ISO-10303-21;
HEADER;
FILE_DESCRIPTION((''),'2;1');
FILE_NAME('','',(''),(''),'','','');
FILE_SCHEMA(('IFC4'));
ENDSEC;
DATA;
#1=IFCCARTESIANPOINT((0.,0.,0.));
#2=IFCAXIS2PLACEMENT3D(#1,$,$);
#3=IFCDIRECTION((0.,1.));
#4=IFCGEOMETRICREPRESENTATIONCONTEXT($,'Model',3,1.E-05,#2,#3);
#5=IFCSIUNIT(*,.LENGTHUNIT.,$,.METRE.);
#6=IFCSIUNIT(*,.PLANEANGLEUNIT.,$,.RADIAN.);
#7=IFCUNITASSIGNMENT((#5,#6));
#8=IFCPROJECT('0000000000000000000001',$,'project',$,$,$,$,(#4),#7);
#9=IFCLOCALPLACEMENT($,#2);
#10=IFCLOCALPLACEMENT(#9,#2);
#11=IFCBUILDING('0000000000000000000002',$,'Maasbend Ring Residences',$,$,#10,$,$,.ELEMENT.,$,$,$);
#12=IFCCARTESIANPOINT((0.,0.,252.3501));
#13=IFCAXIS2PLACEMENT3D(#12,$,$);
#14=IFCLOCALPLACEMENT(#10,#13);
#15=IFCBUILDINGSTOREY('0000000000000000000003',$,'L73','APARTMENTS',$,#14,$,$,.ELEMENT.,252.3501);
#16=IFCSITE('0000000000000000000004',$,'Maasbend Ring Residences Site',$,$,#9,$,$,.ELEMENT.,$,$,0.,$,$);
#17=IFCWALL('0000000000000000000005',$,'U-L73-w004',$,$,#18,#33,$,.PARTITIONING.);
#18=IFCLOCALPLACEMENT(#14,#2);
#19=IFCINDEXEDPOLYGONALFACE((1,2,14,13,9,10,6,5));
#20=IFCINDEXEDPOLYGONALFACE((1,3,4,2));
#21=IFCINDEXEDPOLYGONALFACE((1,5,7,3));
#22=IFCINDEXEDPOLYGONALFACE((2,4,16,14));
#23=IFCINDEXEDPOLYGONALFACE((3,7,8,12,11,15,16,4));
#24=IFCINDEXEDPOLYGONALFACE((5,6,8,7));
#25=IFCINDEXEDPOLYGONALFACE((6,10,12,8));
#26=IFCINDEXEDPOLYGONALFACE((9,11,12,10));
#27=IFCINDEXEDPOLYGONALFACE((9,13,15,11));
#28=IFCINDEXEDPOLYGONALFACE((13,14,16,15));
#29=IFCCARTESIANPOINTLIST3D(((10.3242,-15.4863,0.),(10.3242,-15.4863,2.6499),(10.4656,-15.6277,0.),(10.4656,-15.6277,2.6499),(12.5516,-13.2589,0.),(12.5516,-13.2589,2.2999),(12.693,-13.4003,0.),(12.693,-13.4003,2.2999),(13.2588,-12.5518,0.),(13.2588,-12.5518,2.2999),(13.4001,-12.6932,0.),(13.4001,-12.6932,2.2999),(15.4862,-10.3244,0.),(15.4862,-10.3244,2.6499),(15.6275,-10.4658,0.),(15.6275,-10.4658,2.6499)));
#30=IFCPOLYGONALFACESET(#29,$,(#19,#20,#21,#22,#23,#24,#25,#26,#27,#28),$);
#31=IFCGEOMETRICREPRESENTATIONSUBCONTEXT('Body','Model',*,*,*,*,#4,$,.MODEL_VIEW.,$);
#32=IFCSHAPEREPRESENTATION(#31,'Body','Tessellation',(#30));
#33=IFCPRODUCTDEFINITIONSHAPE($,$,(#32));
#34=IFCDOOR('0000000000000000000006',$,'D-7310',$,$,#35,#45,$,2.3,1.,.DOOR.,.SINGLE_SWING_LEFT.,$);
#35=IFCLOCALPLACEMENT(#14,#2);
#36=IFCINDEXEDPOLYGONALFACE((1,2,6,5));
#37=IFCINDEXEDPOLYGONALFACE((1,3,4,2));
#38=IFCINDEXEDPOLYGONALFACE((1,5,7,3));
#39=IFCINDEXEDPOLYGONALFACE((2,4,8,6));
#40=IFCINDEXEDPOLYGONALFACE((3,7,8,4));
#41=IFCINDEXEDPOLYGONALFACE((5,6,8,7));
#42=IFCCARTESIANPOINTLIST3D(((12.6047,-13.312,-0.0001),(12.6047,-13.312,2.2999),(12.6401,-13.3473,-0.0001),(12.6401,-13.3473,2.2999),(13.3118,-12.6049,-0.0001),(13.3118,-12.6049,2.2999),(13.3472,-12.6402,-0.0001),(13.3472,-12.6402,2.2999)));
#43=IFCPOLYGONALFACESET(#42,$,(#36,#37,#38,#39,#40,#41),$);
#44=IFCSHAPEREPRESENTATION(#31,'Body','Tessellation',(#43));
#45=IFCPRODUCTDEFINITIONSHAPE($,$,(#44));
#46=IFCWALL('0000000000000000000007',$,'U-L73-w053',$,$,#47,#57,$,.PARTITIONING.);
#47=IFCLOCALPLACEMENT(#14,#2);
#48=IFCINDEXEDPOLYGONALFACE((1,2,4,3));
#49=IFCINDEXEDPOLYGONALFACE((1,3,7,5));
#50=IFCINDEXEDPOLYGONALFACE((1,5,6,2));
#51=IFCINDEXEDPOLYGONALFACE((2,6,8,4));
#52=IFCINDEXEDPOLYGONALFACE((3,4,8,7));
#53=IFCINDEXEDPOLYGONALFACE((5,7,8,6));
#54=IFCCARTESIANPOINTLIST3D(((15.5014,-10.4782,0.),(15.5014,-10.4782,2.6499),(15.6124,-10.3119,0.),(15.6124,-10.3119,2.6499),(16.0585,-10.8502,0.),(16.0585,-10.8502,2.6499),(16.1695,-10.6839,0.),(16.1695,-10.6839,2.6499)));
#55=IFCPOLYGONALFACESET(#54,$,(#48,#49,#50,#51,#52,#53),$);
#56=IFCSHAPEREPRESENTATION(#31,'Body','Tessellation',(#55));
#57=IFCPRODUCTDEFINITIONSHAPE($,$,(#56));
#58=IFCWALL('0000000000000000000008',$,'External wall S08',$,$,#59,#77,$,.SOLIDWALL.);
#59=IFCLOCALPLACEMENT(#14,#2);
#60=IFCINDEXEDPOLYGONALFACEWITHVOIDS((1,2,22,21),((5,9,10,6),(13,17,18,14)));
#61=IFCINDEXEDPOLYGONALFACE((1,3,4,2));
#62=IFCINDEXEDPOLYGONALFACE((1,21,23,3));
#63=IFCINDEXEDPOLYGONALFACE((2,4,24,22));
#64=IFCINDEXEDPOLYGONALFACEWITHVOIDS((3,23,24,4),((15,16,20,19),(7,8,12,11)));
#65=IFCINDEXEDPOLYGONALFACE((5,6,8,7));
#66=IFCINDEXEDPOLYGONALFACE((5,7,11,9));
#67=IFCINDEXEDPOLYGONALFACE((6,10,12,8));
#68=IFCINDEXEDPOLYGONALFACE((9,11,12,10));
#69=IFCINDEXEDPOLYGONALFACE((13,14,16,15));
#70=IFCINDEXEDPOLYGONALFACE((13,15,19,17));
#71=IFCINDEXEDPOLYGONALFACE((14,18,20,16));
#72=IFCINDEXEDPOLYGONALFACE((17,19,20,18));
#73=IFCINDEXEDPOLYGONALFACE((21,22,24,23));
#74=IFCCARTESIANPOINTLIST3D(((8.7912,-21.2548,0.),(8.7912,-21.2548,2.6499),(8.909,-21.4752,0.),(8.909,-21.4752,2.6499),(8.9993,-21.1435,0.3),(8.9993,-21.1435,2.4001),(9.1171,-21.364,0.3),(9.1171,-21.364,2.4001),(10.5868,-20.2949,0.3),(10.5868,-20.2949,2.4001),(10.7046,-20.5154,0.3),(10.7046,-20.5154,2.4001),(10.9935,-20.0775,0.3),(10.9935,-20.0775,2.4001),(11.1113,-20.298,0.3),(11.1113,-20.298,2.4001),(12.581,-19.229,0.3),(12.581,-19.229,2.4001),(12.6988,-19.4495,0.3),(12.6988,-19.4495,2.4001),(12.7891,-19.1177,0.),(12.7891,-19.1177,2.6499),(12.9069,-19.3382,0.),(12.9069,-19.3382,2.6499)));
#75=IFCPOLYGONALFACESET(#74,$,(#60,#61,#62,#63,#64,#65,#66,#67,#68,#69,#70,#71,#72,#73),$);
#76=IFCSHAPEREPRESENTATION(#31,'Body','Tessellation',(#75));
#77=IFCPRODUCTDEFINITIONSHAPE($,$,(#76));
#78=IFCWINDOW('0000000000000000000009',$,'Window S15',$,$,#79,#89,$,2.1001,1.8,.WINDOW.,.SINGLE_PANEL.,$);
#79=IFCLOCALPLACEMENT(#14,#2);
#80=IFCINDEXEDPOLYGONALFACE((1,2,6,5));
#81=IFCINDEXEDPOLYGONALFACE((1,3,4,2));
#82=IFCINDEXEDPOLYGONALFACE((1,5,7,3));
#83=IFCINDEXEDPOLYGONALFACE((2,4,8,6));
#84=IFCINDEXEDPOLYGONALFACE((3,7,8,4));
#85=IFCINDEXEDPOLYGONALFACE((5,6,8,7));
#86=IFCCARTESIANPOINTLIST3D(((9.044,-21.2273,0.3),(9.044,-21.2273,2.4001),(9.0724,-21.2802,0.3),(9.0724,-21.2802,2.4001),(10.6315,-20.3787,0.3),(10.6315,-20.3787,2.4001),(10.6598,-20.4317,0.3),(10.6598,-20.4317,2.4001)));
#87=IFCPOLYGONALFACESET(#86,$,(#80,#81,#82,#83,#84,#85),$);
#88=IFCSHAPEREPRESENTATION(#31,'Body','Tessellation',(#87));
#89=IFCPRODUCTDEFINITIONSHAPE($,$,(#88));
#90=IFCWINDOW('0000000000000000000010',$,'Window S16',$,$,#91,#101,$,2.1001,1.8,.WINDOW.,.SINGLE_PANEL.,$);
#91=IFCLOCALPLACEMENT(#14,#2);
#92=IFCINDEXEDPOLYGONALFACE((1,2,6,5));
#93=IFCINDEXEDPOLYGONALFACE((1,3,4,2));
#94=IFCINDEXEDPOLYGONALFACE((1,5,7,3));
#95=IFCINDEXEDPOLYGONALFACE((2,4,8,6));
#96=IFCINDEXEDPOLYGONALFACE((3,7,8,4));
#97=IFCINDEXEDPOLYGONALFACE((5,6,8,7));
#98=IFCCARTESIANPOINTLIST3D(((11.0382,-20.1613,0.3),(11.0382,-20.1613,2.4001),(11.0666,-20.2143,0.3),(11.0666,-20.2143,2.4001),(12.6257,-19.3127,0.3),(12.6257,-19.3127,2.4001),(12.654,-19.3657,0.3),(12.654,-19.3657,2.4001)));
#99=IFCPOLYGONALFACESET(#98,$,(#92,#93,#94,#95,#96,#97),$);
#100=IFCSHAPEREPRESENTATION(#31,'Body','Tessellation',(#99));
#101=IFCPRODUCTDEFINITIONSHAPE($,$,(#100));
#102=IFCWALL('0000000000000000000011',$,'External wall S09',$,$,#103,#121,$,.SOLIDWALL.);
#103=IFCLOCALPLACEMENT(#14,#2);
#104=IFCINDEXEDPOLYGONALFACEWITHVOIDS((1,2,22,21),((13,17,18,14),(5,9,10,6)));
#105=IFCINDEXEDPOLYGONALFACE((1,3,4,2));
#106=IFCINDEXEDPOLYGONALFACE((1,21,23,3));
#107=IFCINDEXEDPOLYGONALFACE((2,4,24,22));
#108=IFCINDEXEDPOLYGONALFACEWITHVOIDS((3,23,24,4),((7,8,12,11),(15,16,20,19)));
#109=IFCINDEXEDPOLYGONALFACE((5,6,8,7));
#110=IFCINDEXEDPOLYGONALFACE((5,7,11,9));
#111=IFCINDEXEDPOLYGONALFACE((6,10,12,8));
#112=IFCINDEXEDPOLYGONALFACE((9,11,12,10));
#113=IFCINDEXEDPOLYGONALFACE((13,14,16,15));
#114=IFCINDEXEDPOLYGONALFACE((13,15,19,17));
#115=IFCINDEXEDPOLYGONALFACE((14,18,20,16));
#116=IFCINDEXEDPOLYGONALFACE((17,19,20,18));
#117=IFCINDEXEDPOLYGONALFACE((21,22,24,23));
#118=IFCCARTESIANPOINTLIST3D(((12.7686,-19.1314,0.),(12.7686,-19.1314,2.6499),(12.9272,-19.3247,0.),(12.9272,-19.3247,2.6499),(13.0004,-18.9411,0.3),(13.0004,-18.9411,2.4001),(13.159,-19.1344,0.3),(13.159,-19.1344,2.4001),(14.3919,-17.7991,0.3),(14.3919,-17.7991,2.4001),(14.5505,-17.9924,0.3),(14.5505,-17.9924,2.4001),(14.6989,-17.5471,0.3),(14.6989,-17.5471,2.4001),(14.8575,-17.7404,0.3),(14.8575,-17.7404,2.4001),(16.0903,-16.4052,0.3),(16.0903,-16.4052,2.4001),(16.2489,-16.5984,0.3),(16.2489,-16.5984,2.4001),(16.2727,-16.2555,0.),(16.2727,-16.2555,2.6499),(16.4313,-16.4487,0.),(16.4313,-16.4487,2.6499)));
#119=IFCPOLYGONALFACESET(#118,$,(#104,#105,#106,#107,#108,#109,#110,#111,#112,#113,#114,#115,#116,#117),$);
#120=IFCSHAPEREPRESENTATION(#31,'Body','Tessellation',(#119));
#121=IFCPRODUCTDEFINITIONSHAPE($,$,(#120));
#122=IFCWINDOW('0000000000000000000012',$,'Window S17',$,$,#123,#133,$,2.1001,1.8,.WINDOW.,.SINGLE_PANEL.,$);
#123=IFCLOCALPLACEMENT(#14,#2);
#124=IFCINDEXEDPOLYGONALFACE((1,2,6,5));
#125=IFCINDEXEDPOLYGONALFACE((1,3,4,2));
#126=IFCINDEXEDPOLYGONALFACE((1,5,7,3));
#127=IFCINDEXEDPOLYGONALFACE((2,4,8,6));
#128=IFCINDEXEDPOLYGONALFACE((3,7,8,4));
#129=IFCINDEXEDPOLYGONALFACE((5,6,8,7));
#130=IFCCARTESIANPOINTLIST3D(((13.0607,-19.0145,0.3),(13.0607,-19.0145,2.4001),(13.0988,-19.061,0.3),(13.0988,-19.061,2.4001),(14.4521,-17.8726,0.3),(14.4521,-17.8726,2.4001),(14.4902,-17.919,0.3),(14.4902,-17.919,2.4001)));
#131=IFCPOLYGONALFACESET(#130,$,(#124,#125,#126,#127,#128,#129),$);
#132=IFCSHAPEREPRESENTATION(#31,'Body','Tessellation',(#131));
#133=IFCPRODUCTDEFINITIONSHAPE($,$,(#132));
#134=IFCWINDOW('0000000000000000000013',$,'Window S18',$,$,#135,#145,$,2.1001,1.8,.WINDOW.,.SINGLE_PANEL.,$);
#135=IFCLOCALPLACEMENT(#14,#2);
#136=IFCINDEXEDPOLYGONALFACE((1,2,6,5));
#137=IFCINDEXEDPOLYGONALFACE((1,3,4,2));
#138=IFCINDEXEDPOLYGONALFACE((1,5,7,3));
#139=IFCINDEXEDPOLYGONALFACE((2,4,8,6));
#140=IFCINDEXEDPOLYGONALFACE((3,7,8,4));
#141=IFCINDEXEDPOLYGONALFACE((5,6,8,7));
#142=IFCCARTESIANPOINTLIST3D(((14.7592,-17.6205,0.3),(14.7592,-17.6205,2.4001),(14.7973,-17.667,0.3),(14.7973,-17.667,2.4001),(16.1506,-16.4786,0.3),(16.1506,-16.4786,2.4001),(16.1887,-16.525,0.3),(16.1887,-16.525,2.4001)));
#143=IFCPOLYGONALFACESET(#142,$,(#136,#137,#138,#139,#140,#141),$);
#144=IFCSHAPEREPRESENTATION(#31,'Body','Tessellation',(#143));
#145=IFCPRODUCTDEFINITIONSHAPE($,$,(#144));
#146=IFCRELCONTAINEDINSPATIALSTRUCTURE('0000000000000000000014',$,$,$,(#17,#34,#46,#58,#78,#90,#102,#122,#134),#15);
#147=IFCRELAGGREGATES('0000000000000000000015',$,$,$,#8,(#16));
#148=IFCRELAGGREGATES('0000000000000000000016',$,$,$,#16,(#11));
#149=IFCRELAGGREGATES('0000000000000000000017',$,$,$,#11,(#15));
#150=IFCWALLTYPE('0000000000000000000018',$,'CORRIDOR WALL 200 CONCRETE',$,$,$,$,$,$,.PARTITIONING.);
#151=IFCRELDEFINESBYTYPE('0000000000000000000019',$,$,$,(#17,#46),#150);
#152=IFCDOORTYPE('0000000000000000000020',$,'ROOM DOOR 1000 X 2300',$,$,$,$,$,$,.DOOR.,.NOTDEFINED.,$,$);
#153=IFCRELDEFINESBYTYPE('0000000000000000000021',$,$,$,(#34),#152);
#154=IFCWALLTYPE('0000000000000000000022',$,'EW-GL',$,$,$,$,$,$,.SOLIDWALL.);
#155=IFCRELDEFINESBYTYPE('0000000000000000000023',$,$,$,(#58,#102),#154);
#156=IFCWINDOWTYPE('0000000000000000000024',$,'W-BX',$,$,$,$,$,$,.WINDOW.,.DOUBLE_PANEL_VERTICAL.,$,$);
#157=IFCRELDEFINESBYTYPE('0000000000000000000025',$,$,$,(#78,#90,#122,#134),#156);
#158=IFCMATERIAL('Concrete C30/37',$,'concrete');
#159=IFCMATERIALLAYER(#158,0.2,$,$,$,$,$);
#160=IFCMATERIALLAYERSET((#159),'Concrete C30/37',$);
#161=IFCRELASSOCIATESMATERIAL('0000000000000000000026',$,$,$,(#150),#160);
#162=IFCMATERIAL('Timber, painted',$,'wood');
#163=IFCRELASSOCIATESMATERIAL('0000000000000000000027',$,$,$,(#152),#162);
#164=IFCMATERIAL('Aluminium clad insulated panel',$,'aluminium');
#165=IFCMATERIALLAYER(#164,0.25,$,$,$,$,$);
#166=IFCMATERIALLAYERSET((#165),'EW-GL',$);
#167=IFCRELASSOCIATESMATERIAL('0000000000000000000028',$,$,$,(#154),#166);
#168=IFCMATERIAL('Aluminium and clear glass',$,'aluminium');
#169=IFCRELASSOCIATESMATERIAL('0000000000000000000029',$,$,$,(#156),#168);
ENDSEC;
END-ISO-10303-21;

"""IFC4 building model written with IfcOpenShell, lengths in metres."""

from ifc_helpers import new_model, si_unit, direction, frame, frame_2d, origin, place, context, subcontext, project, spatial, rectangle, extrude, material, layer, layer_set, type_object, element, fill, save


model = new_model("IFC4")

# Units and contexts
model_context = context("Model", 3, precision=1e-05, world=origin(), true_north=direction((0.0, 1.0)))
body_context = subcontext(model_context, "Body", "Model", "MODEL_VIEW")
ifc_project = project(units=[si_unit("LENGTHUNIT", "METRE"), si_unit("PLANEANGLEUNIT", "RADIAN")], contexts=[model_context])

# Site, building, storey
site_placement = place(None, origin())
site = spatial("IfcSite", under=ifc_project, at=site_placement, Name="Maasbend Ring Residences Site", CompositionType="ELEMENT", RefElevation=0.0)
building_placement = place(site_placement, origin())
building = spatial("IfcBuilding", under=site, at=building_placement, Name="Maasbend Ring Residences", CompositionType="ELEMENT")
storey_placement = place(building_placement, frame((0.0, 0.0, 252.3501)))
storey = spatial("IfcBuildingStorey", under=building, at=storey_placement, Name="L73", Description="APARTMENTS", CompositionType="ELEMENT", Elevation=252.3501)

# Wall, opening, door
ifc_material_1 = material(Name="Concrete C30/37", Category="concrete")
ifc_layer_1 = layer(ifc_material_1, 0.2)
ifc_layer_set_1 = layer_set([ifc_layer_1], Name="Concrete C30/37")
wall_type_1 = type_object("IfcWallType", Name="CORRIDOR WALL 200 CONCRETE", PredefinedType="PARTITIONING", material=ifc_layer_set_1)
wall_1_placement = place(storey_placement, frame((10.395, -15.5569, 0.0), z_axis=(0.0, 0.0, 1.0), x_axis=(0.707107, 0.707107, 0.0)))
wall_1 = element("IfcWall", 1, at=wall_1_placement, inside=storey, type_object=wall_type_1, Name="U-L73-w004", PredefinedType="PARTITIONING", context=body_context, shape_type="SweptSolid", body=[
    extrude(rectangle(XDim=7.3, YDim=0.2, at=frame_2d((3.6499, 0.0))), origin(), (0.0, 0.0, 1.0), 2.6499),
])
opening_1_placement = place(wall_1_placement, frame((3.1499, 0.0, 0.0)))
opening_1 = element("IfcOpeningElement", 2, at=opening_1_placement, cuts=wall_1, PredefinedType="OPENING", context=body_context, shape_type="SweptSolid", body=[
    extrude(rectangle(XDim=1.0, YDim=2.3, at=frame_2d((0.5, 1.1499))), frame((0.0, 0.1099, 0.0), z_axis=(0.0, -1.0, 0.0), x_axis=(1.0, 0.0, 0.0)), (0.0, 0.0, 1.0), 0.22),
])
ifc_material_2 = material(Name="Timber, painted", Category="wood")
door_type_1 = type_object("IfcDoorType", Name="ROOM DOOR 1000 X 2300", OperationType="NOTDEFINED", PredefinedType="DOOR", material=ifc_material_2)
door_1_placement = place(opening_1_placement, origin())
door_1 = element("IfcDoor", 3, at=door_1_placement, inside=storey, type_object=door_type_1, Name="D-7310", OperationType="SINGLE_SWING_LEFT", OverallHeight=2.3, OverallWidth=1.0, PredefinedType="DOOR", context=body_context, shape_type="SweptSolid", body=[
    extrude(rectangle(XDim=1.0, YDim=2.3, at=frame_2d((0.5, 1.1499))), frame((0.0, 0.0249, 0.0), z_axis=(0.0, -1.0, 0.0), x_axis=(1.0, 0.0, 0.0)), (0.0, 0.0, 1.0), 0.05),
])
fill(opening_1, door_1)

# Wall
wall_2_placement = place(storey_placement, frame((15.5569, -10.395, 0.0), z_axis=(0.0, 0.0, 1.0), x_axis=(0.831602, -0.555373, 0.0)))
element("IfcWall", 4, at=wall_2_placement, inside=storey, type_object=wall_type_1, Name="U-L73-w053", PredefinedType="PARTITIONING", context=body_context, shape_type="SweptSolid", body=[
    extrude(rectangle(XDim=0.6699, YDim=0.2, at=frame_2d((0.335, 0.0))), origin(), (0.0, 0.0, 1.0), 2.6499),
])

# Walls, openings, windows
ifc_material_3 = material(Name="Aluminium clad insulated panel", Category="aluminium")
ifc_layer_2 = layer(ifc_material_3, 0.25)
ifc_layer_set_2 = layer_set([ifc_layer_2], Name="EW-GL")
wall_type_2 = type_object("IfcWallType", Name="EW-GL", PredefinedType="SOLIDWALL", material=ifc_layer_set_2)
wall_3_placement = place(storey_placement, frame((8.8501, -21.365, 0.0), z_axis=(0.0, 0.0, 1.0), x_axis=(0.881913, 0.471413, 0.0)))
wall_3 = element("IfcWall", 5, at=wall_3_placement, inside=storey, type_object=wall_type_2, Name="External wall S08", PredefinedType="SOLIDWALL", context=body_context, shape_type="SweptSolid", body=[
    extrude(rectangle(XDim=4.5332, YDim=0.25, at=frame_2d((2.2666, 0.0))), origin(), (0.0, 0.0, 1.0), 2.6499),
])
opening_2_placement = place(wall_3_placement, frame((0.2361, 0.0, 0.3)))
opening_2 = element("IfcOpeningElement", 6, at=opening_2_placement, cuts=wall_3, PredefinedType="OPENING", context=body_context, shape_type="SweptSolid", body=[
    extrude(rectangle(XDim=1.8, YDim=2.1001, at=frame_2d((0.8999, 1.05))), frame((0.0, 0.135, 0.0), z_axis=(0.0, -1.0, 0.0), x_axis=(1.0, 0.0, 0.0)), (0.0, 0.0, 1.0), 0.27),
])
opening_3_placement = place(wall_3_placement, frame((2.4973, 0.0, 0.3)))
opening_3 = element("IfcOpeningElement", 7, at=opening_3_placement, cuts=wall_3, PredefinedType="OPENING", context=body_context, shape_type="SweptSolid", body=[
    extrude(rectangle(XDim=1.8, YDim=2.1001, at=frame_2d((0.8999, 1.05))), frame((0.0, 0.135, 0.0), z_axis=(0.0, -1.0, 0.0), x_axis=(1.0, 0.0, 0.0)), (0.0, 0.0, 1.0), 0.27),
])
ifc_material_4 = material(Name="Aluminium and clear glass", Category="aluminium")
window_type = type_object("IfcWindowType", Name="W-BX", PartitioningType="DOUBLE_PANEL_VERTICAL", PredefinedType="WINDOW", material=ifc_material_4)
window_1_placement = place(opening_2_placement, origin())
window_1 = element("IfcWindow", 8, at=window_1_placement, inside=storey, type_object=window_type, Name="Window S15", OverallHeight=2.1001, OverallWidth=1.8, PartitioningType="SINGLE_PANEL", PredefinedType="WINDOW", context=body_context, shape_type="SweptSolid", body=[
    extrude(rectangle(XDim=1.8, YDim=2.1001, at=frame_2d((0.8999, 1.05))), frame((0.0, 0.03, 0.0), z_axis=(0.0, -1.0, 0.0), x_axis=(1.0, 0.0, 0.0)), (0.0, 0.0, 1.0), 0.0601),
])
fill(opening_2, window_1)
window_2_placement = place(opening_3_placement, origin())
window_2 = element("IfcWindow", 9, at=window_2_placement, inside=storey, type_object=window_type, Name="Window S16", OverallHeight=2.1001, OverallWidth=1.8, PartitioningType="SINGLE_PANEL", PredefinedType="WINDOW", context=body_context, shape_type="SweptSolid", body=[
    extrude(rectangle(XDim=1.8, YDim=2.1001, at=frame_2d((0.8999, 1.05))), frame((0.0, 0.03, 0.0), z_axis=(0.0, -1.0, 0.0), x_axis=(1.0, 0.0, 0.0)), (0.0, 0.0, 1.0), 0.0601),
])
fill(opening_3, window_2)
wall_4_placement = place(storey_placement, frame((12.8479, -19.228, 0.0), z_axis=(0.0, 0.0, 1.0), x_axis=(0.772989, 0.634419, 0.0)))
wall_4 = element("IfcWall", 10, at=wall_4_placement, inside=storey, type_object=wall_type_2, Name="External wall S09", PredefinedType="SOLIDWALL", context=body_context, shape_type="SweptSolid", body=[
    extrude(rectangle(XDim=4.5332, YDim=0.25, at=frame_2d((2.2666, 0.0))), origin(), (0.0, 0.0, 1.0), 2.6499),
])
opening_4_placement = place(wall_4_placement, frame((0.3, 0.0, 0.3)))
opening_4 = element("IfcOpeningElement", 11, at=opening_4_placement, cuts=wall_4, PredefinedType="OPENING", context=body_context, shape_type="SweptSolid", body=[
    extrude(rectangle(XDim=1.8, YDim=2.1001, at=frame_2d((0.8999, 1.05))), frame((0.0, 0.135, 0.0), z_axis=(0.0, -1.0, 0.0), x_axis=(1.0, 0.0, 0.0)), (0.0, 0.0, 1.0), 0.27),
])
opening_5_placement = place(wall_4_placement, frame((2.4973, 0.0, 0.3)))
opening_5 = element("IfcOpeningElement", 12, at=opening_5_placement, cuts=wall_4, PredefinedType="OPENING", context=body_context, shape_type="SweptSolid", body=[
    extrude(rectangle(XDim=1.8, YDim=2.1001, at=frame_2d((0.8999, 1.05))), frame((0.0, 0.135, 0.0), z_axis=(0.0, -1.0, 0.0), x_axis=(1.0, 0.0, 0.0)), (0.0, 0.0, 1.0), 0.27),
])
window_3_placement = place(opening_4_placement, origin())
window_3 = element("IfcWindow", 13, at=window_3_placement, inside=storey, type_object=window_type, Name="Window S17", OverallHeight=2.1001, OverallWidth=1.8, PartitioningType="SINGLE_PANEL", PredefinedType="WINDOW", context=body_context, shape_type="SweptSolid", body=[
    extrude(rectangle(XDim=1.8, YDim=2.1001, at=frame_2d((0.8999, 1.05))), frame((0.0, 0.03, 0.0), z_axis=(0.0, -1.0, 0.0), x_axis=(1.0, 0.0, 0.0)), (0.0, 0.0, 1.0), 0.0601),
])
fill(opening_4, window_3)
window_4_placement = place(opening_5_placement, origin())
window_4 = element("IfcWindow", 14, at=window_4_placement, inside=storey, type_object=window_type, Name="Window S18", OverallHeight=2.1001, OverallWidth=1.8, PartitioningType="SINGLE_PANEL", PredefinedType="WINDOW", context=body_context, shape_type="SweptSolid", body=[
    extrude(rectangle(XDim=1.8, YDim=2.1001, at=frame_2d((0.8999, 1.05))), frame((0.0, 0.03, 0.0), z_axis=(0.0, -1.0, 0.0), x_axis=(1.0, 0.0, 0.0)), (0.0, 0.0, 1.0), 0.0601),
])
fill(opening_5, window_4)

save(model, "model.ifc")
